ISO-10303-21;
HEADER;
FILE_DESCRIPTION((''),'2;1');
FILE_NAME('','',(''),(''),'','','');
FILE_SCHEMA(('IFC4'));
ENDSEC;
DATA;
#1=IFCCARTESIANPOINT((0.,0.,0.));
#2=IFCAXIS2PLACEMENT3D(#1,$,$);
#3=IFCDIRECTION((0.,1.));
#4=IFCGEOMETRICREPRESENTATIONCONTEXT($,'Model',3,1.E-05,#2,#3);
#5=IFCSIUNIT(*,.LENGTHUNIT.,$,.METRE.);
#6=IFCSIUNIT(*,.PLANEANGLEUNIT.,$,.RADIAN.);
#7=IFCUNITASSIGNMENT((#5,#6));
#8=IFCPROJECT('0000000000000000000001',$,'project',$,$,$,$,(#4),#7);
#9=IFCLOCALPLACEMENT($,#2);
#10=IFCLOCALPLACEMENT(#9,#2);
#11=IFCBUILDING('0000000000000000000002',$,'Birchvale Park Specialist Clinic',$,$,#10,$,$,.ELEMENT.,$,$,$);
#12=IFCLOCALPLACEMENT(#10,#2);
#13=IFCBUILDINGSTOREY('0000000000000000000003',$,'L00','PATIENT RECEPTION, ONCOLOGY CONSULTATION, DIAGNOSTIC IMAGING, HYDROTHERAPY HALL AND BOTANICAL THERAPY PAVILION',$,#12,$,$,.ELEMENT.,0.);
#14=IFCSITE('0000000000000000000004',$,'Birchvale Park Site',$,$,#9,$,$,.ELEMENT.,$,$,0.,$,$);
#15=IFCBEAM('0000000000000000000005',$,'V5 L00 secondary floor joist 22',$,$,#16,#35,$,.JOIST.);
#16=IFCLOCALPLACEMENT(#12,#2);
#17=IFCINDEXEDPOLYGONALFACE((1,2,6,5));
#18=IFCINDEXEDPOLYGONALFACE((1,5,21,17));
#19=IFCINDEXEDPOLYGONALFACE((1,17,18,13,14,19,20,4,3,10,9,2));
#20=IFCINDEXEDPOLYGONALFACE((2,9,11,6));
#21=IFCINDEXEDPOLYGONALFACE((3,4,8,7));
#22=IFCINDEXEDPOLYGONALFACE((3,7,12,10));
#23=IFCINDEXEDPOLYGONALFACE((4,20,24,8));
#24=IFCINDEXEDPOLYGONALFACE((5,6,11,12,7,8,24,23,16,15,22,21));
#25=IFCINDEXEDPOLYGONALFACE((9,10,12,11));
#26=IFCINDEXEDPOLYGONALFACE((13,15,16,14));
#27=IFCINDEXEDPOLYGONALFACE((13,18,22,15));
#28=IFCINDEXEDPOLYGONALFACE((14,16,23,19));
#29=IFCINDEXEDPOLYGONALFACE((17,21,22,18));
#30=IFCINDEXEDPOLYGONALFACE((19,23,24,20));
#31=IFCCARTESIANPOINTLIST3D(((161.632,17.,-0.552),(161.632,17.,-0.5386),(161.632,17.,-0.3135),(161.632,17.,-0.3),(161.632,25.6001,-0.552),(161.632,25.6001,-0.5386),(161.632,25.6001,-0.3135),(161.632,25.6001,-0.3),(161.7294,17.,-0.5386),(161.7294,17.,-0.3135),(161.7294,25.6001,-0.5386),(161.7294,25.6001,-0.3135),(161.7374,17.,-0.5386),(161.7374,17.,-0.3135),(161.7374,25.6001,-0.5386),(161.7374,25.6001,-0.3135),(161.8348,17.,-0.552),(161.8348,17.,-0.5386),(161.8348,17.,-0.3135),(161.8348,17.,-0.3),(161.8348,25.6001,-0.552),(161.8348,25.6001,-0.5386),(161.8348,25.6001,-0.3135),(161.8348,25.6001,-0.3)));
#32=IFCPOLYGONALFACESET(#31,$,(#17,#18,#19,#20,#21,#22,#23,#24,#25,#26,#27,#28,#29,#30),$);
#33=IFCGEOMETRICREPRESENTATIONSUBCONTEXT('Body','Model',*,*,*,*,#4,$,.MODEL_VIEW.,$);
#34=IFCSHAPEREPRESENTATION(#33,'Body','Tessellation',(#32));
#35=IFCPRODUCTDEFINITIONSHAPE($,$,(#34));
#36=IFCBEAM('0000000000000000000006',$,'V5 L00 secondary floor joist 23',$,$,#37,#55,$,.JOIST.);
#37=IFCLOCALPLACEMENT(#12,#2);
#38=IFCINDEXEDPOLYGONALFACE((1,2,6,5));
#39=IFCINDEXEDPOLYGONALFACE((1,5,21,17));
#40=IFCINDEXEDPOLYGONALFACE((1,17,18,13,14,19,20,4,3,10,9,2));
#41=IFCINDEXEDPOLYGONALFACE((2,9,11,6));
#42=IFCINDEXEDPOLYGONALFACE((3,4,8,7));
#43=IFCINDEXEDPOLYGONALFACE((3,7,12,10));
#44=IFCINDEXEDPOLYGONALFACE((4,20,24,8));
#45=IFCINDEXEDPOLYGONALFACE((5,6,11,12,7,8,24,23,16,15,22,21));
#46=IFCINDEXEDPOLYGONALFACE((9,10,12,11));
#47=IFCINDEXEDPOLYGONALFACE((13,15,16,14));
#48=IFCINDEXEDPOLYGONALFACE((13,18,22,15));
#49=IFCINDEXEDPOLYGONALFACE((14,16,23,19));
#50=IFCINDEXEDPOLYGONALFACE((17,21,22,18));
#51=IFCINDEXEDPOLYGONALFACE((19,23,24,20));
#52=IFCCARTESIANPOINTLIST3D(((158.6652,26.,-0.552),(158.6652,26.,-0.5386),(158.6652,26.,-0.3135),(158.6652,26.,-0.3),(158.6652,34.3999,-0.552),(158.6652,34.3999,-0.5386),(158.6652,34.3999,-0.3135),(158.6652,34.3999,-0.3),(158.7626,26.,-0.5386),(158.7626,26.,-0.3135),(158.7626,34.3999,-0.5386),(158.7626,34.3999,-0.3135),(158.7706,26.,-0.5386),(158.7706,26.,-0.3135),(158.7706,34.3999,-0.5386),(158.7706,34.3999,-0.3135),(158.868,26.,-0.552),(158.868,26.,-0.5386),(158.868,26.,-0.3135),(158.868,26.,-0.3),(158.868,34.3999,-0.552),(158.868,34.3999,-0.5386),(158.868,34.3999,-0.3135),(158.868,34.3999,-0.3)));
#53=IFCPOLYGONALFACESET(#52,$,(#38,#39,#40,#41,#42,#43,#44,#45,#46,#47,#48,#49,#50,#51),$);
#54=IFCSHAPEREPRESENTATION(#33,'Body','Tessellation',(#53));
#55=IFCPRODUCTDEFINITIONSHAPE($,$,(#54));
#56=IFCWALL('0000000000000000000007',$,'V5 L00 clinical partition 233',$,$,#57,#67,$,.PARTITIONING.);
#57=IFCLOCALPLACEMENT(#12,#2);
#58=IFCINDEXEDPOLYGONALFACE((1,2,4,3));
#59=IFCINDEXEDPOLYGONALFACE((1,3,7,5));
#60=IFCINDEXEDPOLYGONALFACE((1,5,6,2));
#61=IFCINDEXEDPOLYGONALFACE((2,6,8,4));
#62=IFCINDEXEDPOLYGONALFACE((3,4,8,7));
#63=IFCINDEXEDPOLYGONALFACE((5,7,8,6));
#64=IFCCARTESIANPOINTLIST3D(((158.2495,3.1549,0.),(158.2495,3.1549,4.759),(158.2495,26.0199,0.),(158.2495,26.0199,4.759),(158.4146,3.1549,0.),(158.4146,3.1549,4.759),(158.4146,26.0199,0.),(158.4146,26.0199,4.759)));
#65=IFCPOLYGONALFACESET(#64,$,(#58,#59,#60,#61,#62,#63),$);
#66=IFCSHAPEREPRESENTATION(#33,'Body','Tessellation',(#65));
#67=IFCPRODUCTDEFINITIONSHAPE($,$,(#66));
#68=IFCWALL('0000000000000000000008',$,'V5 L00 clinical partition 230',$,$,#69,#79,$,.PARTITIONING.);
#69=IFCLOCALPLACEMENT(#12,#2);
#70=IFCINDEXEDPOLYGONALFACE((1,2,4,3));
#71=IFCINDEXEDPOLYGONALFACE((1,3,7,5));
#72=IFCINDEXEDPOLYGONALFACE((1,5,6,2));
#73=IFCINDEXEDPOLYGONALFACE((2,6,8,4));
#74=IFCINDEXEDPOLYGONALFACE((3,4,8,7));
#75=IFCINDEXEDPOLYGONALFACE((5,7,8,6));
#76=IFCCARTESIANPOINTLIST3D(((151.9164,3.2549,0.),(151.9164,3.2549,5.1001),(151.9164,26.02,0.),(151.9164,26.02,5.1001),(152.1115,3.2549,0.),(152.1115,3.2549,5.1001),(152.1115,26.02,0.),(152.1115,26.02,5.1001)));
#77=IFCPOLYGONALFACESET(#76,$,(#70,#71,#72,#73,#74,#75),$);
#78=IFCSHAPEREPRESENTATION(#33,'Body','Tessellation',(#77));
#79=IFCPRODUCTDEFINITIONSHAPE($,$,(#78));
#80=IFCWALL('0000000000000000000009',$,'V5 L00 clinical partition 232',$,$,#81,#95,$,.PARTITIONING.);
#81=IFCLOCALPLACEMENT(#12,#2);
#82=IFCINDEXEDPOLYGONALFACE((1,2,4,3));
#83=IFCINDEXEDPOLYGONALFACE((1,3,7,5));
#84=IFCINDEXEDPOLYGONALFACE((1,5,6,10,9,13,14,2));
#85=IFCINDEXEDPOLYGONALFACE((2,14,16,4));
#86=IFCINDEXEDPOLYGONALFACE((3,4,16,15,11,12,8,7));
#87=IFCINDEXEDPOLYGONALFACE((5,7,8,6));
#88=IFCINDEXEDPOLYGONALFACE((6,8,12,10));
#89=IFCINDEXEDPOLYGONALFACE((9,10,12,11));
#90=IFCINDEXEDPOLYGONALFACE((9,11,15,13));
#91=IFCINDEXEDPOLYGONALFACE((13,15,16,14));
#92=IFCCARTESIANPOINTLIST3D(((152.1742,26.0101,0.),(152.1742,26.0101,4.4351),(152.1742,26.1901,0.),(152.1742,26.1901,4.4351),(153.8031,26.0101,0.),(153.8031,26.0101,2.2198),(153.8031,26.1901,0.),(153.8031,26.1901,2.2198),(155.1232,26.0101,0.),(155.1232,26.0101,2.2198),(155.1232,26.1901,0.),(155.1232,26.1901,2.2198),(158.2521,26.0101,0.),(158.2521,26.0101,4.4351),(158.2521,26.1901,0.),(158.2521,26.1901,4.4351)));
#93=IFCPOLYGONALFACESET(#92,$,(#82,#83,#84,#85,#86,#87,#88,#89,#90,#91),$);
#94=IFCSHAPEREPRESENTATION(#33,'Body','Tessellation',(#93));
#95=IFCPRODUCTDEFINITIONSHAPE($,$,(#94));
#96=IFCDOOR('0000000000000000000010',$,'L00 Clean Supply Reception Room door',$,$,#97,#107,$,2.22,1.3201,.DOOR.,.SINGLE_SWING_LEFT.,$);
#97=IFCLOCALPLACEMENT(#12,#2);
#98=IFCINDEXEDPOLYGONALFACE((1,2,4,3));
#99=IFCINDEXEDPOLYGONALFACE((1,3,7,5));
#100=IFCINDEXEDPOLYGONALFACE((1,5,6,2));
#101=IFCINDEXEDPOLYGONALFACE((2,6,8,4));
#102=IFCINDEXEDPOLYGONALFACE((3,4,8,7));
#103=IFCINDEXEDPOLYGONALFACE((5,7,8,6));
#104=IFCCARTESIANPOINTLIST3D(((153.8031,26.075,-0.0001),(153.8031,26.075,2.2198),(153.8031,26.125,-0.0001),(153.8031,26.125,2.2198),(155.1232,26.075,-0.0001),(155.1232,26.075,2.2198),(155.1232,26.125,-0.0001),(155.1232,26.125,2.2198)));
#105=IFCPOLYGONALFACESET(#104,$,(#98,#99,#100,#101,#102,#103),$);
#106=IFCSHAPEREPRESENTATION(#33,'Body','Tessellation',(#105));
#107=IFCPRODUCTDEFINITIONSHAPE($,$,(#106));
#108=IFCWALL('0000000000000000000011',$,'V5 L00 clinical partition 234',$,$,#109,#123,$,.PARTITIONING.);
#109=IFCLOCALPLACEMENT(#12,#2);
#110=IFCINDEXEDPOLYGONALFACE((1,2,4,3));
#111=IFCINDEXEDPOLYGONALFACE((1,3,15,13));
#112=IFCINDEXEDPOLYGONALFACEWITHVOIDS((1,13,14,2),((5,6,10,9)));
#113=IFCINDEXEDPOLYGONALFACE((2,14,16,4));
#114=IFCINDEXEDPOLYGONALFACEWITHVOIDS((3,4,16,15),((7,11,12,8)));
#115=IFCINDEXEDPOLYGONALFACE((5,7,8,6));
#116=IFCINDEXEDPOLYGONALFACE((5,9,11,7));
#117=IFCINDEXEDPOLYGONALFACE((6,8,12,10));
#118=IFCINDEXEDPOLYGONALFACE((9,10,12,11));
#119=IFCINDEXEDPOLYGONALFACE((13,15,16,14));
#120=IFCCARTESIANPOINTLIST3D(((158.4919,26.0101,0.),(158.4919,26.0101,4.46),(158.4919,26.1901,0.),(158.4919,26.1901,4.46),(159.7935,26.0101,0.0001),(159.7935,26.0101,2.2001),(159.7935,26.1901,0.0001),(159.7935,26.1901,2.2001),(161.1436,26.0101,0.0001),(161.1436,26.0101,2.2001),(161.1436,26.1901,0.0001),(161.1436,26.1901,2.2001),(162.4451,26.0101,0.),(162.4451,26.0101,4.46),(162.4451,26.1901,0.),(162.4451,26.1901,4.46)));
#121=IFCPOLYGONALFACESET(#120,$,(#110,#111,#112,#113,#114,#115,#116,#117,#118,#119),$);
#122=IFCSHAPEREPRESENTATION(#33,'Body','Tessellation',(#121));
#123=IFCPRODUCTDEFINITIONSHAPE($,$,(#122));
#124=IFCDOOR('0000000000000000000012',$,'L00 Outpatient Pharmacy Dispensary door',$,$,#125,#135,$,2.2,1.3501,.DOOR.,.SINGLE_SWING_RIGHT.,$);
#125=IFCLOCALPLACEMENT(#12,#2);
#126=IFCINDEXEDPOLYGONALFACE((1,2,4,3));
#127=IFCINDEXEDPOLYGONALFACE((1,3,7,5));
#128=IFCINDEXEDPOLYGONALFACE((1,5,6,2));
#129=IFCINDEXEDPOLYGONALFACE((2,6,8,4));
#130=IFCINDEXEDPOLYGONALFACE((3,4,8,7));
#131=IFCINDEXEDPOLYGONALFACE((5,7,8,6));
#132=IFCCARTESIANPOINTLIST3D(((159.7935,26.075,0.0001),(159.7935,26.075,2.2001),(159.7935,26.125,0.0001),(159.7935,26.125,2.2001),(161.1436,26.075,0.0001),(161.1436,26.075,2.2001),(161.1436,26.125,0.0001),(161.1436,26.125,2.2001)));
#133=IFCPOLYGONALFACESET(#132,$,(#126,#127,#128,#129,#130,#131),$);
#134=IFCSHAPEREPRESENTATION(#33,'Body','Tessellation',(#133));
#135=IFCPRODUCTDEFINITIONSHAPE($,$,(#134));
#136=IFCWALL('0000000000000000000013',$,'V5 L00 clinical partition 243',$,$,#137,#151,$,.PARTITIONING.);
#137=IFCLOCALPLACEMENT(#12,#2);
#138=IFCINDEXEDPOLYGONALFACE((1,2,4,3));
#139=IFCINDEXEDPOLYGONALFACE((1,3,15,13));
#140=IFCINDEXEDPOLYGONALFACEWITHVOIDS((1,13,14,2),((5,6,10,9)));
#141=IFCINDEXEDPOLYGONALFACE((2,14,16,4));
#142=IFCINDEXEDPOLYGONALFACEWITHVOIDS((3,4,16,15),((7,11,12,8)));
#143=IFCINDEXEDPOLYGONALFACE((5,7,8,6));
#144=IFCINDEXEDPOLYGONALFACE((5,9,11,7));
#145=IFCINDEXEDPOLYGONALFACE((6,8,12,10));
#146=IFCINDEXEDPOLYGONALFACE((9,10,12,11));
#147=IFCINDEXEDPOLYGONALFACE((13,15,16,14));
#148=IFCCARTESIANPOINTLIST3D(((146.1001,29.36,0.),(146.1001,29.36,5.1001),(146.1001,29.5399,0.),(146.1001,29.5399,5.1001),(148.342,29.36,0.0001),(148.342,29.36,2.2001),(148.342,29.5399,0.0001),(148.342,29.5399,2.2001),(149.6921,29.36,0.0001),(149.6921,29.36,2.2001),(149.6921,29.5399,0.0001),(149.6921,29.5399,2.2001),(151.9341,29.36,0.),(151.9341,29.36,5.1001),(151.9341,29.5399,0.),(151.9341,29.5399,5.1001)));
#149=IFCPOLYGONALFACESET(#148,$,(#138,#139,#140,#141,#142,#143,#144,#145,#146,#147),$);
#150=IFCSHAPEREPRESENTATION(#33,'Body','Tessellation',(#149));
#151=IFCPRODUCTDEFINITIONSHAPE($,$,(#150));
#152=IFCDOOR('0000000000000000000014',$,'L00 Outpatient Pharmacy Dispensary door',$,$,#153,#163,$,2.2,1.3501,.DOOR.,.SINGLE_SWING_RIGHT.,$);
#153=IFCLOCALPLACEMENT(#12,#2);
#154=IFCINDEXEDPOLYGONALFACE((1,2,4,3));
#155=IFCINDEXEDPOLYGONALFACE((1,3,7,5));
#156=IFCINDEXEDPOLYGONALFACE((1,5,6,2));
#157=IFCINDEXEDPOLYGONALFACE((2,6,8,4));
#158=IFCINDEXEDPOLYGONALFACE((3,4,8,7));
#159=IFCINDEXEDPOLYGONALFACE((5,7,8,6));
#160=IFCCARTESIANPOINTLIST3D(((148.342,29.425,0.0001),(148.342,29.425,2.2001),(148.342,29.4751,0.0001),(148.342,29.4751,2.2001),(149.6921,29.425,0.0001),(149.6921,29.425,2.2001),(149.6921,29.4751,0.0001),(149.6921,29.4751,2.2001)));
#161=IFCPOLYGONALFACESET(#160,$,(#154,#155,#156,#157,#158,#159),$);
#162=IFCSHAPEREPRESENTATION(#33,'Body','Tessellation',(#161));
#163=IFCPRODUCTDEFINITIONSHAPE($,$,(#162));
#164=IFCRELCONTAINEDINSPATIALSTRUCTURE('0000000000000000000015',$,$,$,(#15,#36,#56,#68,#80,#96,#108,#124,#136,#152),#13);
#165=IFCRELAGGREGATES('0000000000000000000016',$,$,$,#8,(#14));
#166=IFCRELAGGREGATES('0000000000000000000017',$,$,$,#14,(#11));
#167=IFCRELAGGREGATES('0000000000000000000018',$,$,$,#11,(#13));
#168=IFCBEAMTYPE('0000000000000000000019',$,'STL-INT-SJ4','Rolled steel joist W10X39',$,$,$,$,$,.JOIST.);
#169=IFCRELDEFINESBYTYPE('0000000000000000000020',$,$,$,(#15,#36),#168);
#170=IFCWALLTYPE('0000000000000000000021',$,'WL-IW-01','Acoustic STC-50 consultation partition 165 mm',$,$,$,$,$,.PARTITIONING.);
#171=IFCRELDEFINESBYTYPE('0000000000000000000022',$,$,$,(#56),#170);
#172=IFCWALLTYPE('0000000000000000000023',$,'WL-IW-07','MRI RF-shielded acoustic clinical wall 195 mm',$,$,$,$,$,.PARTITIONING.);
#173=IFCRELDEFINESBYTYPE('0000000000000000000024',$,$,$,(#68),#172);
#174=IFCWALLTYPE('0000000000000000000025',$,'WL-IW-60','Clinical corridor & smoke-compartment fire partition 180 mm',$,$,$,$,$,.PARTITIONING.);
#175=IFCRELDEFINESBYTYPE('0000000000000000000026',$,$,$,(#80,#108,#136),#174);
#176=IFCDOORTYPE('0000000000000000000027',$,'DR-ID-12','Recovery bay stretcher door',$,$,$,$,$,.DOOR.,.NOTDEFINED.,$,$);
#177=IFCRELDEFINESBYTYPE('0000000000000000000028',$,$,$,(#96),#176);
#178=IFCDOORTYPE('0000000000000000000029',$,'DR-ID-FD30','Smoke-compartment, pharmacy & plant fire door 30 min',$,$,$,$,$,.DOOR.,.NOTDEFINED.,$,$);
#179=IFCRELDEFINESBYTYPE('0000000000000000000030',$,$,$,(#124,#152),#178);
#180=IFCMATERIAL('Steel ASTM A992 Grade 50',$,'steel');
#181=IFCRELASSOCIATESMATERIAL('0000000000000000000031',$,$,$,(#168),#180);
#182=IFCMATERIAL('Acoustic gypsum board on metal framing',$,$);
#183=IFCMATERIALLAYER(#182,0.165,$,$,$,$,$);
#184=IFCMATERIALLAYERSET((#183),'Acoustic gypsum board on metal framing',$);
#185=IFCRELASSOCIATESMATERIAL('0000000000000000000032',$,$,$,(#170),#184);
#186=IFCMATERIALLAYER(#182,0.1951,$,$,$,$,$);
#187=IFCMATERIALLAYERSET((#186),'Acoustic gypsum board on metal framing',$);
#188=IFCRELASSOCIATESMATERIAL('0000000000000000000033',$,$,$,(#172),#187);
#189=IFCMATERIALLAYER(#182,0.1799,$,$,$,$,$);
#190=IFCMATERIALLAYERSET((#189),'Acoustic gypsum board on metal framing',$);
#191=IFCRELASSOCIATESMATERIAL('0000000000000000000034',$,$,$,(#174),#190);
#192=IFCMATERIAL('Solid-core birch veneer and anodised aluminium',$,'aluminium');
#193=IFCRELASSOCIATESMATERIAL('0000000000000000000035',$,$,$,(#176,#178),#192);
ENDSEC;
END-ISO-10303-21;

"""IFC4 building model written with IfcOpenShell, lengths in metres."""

from ifc_helpers import new_model, si_unit, direction, frame, frame_2d, origin, origin_2d, place, context, subcontext, project, spatial, rectangle, i_section, extrude, material, layer, layer_set, material_profile, profile_set, type_object, element, fill, save


model = new_model("IFC4")

# Units and contexts
model_context = context("Model", 3, precision=1e-05, world=origin(), true_north=direction((0.0, 1.0)))
body_context = subcontext(model_context, "Body", "Model", "MODEL_VIEW")
ifc_project = project(units=[si_unit("LENGTHUNIT", "METRE"), si_unit("PLANEANGLEUNIT", "RADIAN")], contexts=[model_context])

# Site, building, storey
site_placement = place(None, origin())
site = spatial("IfcSite", under=ifc_project, at=site_placement, Name="Birchvale Park Site", CompositionType="ELEMENT", RefElevation=0.0)
building_placement = place(site_placement, origin())
building = spatial("IfcBuilding", under=site, at=building_placement, Name="Birchvale Park Specialist Clinic", CompositionType="ELEMENT")
storey_placement = place(building_placement, origin())
storey = spatial("IfcBuildingStorey", under=building, at=storey_placement, Name="L00", Description="PATIENT RECEPTION, ONCOLOGY CONSULTATION, DIAGNOSTIC IMAGING, HYDROTHERAPY HALL AND BOTANICAL THERAPY PAVILION", CompositionType="ELEMENT", Elevation=0.0)

# Beams
ifc_material_1 = material(Name="Steel ASTM A992 Grade 50", Category="steel")
ifc_material_profile_1 = material_profile(ifc_material_1, i_section(OverallWidth=0.2029, OverallDepth=0.252, WebThickness=0.0081, FlangeThickness=0.0134, at=origin_2d()), Name="W10X39")
ifc_profile_set_1 = profile_set([ifc_material_profile_1], Name="Steel ASTM A992 Grade 50")
beam_type_1 = type_object("IfcBeamType", Name="STL-INT-SJ4", Description="Rolled steel joist W10X39", PredefinedType="JOIST", material=ifc_profile_set_1)
beam_1_placement = place(storey_placement, frame((161.7334, 17.0, -0.426), z_axis=(0.0, 1.0, 0.0), x_axis=(-1.0, 0.0, 0.0)))
element("IfcBeam", 1, at=beam_1_placement, inside=storey, type_object=beam_type_1, Name="V5 L00 secondary floor joist 22", PredefinedType="JOIST", context=body_context, shape_type="SweptSolid", body=[
    extrude(i_section(OverallWidth=0.2029, OverallDepth=0.252, WebThickness=0.0081, FlangeThickness=0.0134, at=origin_2d()), origin(), (0.0, 0.0, 1.0), 8.6001),
])
beam_2_placement = place(storey_placement, frame((158.7666, 26.0, -0.426), z_axis=(0.0, 1.0, 0.0), x_axis=(-1.0, 0.0, 0.0)))
element("IfcBeam", 2, at=beam_2_placement, inside=storey, type_object=beam_type_1, Name="V5 L00 secondary floor joist 23", PredefinedType="JOIST", context=body_context, shape_type="SweptSolid", body=[
    extrude(i_section(OverallWidth=0.2029, OverallDepth=0.252, WebThickness=0.0081, FlangeThickness=0.0134, at=origin_2d()), origin(), (0.0, 0.0, 1.0), 8.3999),
])

# Walls
ifc_material_2 = material(Name="Acoustic gypsum board on metal framing")
ifc_layer_1 = layer(ifc_material_2, 0.165)
ifc_layer_set_1 = layer_set([ifc_layer_1], Name="Acoustic gypsum board on metal framing")
wall_type_1 = type_object("IfcWallType", Name="WL-IW-01", Description="Acoustic STC-50 consultation partition 165 mm", PredefinedType="PARTITIONING", material=ifc_layer_set_1)
wall_1_placement = place(storey_placement, frame((158.332, 26.02, 0.0), z_axis=(0.0, 0.0, 1.0), x_axis=(0.0, -1.0, 0.0)))
element("IfcWall", 3, at=wall_1_placement, inside=storey, type_object=wall_type_1, Name="V5 L00 clinical partition 233", PredefinedType="PARTITIONING", context=body_context, shape_type="SweptSolid", body=[
    extrude(rectangle(XDim=22.865, YDim=0.165, at=frame_2d((11.4326, 0.0))), origin(), (0.0, 0.0, 1.0), 4.759),
])
ifc_layer_2 = layer(ifc_material_2, 0.1951)
ifc_layer_set_2 = layer_set([ifc_layer_2], Name="Acoustic gypsum board on metal framing")
wall_type_2 = type_object("IfcWallType", Name="WL-IW-07", Description="MRI RF-shielded acoustic clinical wall 195 mm", PredefinedType="PARTITIONING", material=ifc_layer_set_2)
wall_2_placement = place(storey_placement, frame((152.0139, 26.02, 0.0), z_axis=(0.0, 0.0, 1.0), x_axis=(0.0, -1.0, 0.0)))
element("IfcWall", 4, at=wall_2_placement, inside=storey, type_object=wall_type_2, Name="V5 L00 clinical partition 230", PredefinedType="PARTITIONING", context=body_context, shape_type="SweptSolid", body=[
    extrude(rectangle(XDim=22.7651, YDim=0.1951, at=frame_2d((11.3826, 0.0))), origin(), (0.0, 0.0, 1.0), 5.1001),
])

# Walls, openings, doors
ifc_layer_3 = layer(ifc_material_2, 0.1799)
ifc_layer_set_3 = layer_set([ifc_layer_3], Name="Acoustic gypsum board on metal framing")
wall_type_3 = type_object("IfcWallType", Name="WL-IW-60", Description="Clinical corridor & smoke-compartment fire partition 180 mm", PredefinedType="PARTITIONING", material=ifc_layer_set_3)
wall_3_placement = place(storey_placement, frame((152.1741, 26.1001, 0.0), z_axis=(0.0, 0.0, 1.0), x_axis=(1.0, 0.0, 0.0)))
wall_3 = element("IfcWall", 5, at=wall_3_placement, inside=storey, type_object=wall_type_3, Name="V5 L00 clinical partition 232", PredefinedType="PARTITIONING", context=body_context, shape_type="SweptSolid", body=[
    extrude(rectangle(XDim=6.0779, YDim=0.1799, at=frame_2d((3.0391, 0.0))), origin(), (0.0, 0.0, 1.0), 4.4351),
])
opening_1_placement = place(wall_3_placement, frame((1.6289, 0.0, 0.0)))
opening_1 = element("IfcOpeningElement", 6, at=opening_1_placement, cuts=wall_3, PredefinedType="OPENING", context=body_context, shape_type="SweptSolid", body=[
    extrude(rectangle(XDim=1.3201, YDim=2.22, at=frame_2d((0.6602, 1.1099))), frame((0.0, 0.1001, 0.0), z_axis=(0.0, -1.0, 0.0), x_axis=(1.0, 0.0, 0.0)), (0.0, 0.0, 1.0), 0.2),
])
ifc_material_3 = material(Name="Solid-core birch veneer and anodised aluminium", Category="aluminium")
door_type_1 = type_object("IfcDoorType", Name="DR-ID-12", Description="Recovery bay stretcher door", OperationType="NOTDEFINED", PredefinedType="DOOR", material=ifc_material_3)
door_1_placement = place(opening_1_placement, origin())
door_1 = element("IfcDoor", 7, at=door_1_placement, inside=storey, type_object=door_type_1, Name="L00 Clean Supply Reception Room door", OperationType="SINGLE_SWING_LEFT", OverallHeight=2.22, OverallWidth=1.3201, PredefinedType="DOOR", context=body_context, shape_type="SweptSolid", body=[
    extrude(rectangle(XDim=1.3201, YDim=2.22, at=frame_2d((0.6602, 1.1099))), frame((0.0, 0.0249, 0.0), z_axis=(0.0, -1.0, 0.0), x_axis=(1.0, 0.0, 0.0)), (0.0, 0.0, 1.0), 0.05),
])
fill(opening_1, door_1)
wall_4_placement = place(storey_placement, frame((158.4919, 26.1001, 0.0), z_axis=(0.0, 0.0, 1.0), x_axis=(1.0, 0.0, 0.0)))
wall_4 = element("IfcWall", 8, at=wall_4_placement, inside=storey, type_object=wall_type_3, Name="V5 L00 clinical partition 234", PredefinedType="PARTITIONING", context=body_context, shape_type="SweptSolid", body=[
    extrude(rectangle(XDim=3.9531, YDim=0.1799, at=frame_2d((1.9766, 0.0))), origin(), (0.0, 0.0, 1.0), 4.46),
])
opening_2_placement = place(wall_4_placement, frame((1.3015, 0.0, 0.0)))
opening_2 = element("IfcOpeningElement", 9, at=opening_2_placement, cuts=wall_4, PredefinedType="OPENING", context=body_context, shape_type="SweptSolid", body=[
    extrude(rectangle(XDim=1.3501, YDim=2.2, at=frame_2d((0.675, 1.1001))), frame((0.0, 0.1001, 0.0), z_axis=(0.0, -1.0, 0.0), x_axis=(1.0, 0.0, 0.0)), (0.0, 0.0, 1.0), 0.2),
])
door_type_2 = type_object("IfcDoorType", Name="DR-ID-FD30", Description="Smoke-compartment, pharmacy & plant fire door 30 min", OperationType="NOTDEFINED", PredefinedType="DOOR", material=ifc_material_3)
door_2_placement = place(opening_2_placement, origin())
door_2 = element("IfcDoor", 10, at=door_2_placement, inside=storey, type_object=door_type_2, Name="L00 Outpatient Pharmacy Dispensary door", OperationType="SINGLE_SWING_RIGHT", OverallHeight=2.2, OverallWidth=1.3501, PredefinedType="DOOR", context=body_context, shape_type="SweptSolid", body=[
    extrude(rectangle(XDim=1.3501, YDim=2.2, at=frame_2d((0.675, 1.1001))), frame((0.0, 0.0249, 0.0), z_axis=(0.0, -1.0, 0.0), x_axis=(1.0, 0.0, 0.0)), (0.0, 0.0, 1.0), 0.05),
])
fill(opening_2, door_2)
wall_5_placement = place(storey_placement, frame((151.9341, 29.45, 0.0), z_axis=(0.0, 0.0, 1.0), x_axis=(-1.0, 0.0, 0.0)))
wall_5 = element("IfcWall", 11, at=wall_5_placement, inside=storey, type_object=wall_type_3, Name="V5 L00 clinical partition 243", PredefinedType="PARTITIONING", context=body_context, shape_type="SweptSolid", body=[
    extrude(rectangle(XDim=5.834, YDim=0.1799, at=frame_2d((2.917, 0.0))), origin(), (0.0, 0.0, 1.0), 5.1001),
])
opening_3_placement = place(wall_5_placement, frame((2.2419, 0.0, 0.0)))
opening_3 = element("IfcOpeningElement", 12, at=opening_3_placement, cuts=wall_5, PredefinedType="OPENING", context=body_context, shape_type="SweptSolid", body=[
    extrude(rectangle(XDim=1.3501, YDim=2.2, at=frame_2d((0.675, 1.1001))), frame((0.0, 0.1001, 0.0), z_axis=(0.0, -1.0, 0.0), x_axis=(1.0, 0.0, 0.0)), (0.0, 0.0, 1.0), 0.2),
])
door_3_placement = place(opening_3_placement, origin())
door_3 = element("IfcDoor", 13, at=door_3_placement, inside=storey, type_object=door_type_2, Name="L00 Outpatient Pharmacy Dispensary door", OperationType="SINGLE_SWING_RIGHT", OverallHeight=2.2, OverallWidth=1.3501, PredefinedType="DOOR", context=body_context, shape_type="SweptSolid", body=[
    extrude(rectangle(XDim=1.3501, YDim=2.2, at=frame_2d((0.675, 1.1001))), frame((0.0, 0.0249, 0.0), z_axis=(0.0, -1.0, 0.0), x_axis=(1.0, 0.0, 0.0)), (0.0, 0.0, 1.0), 0.05),
])
fill(opening_3, door_3)

save(model, "model.ifc")
